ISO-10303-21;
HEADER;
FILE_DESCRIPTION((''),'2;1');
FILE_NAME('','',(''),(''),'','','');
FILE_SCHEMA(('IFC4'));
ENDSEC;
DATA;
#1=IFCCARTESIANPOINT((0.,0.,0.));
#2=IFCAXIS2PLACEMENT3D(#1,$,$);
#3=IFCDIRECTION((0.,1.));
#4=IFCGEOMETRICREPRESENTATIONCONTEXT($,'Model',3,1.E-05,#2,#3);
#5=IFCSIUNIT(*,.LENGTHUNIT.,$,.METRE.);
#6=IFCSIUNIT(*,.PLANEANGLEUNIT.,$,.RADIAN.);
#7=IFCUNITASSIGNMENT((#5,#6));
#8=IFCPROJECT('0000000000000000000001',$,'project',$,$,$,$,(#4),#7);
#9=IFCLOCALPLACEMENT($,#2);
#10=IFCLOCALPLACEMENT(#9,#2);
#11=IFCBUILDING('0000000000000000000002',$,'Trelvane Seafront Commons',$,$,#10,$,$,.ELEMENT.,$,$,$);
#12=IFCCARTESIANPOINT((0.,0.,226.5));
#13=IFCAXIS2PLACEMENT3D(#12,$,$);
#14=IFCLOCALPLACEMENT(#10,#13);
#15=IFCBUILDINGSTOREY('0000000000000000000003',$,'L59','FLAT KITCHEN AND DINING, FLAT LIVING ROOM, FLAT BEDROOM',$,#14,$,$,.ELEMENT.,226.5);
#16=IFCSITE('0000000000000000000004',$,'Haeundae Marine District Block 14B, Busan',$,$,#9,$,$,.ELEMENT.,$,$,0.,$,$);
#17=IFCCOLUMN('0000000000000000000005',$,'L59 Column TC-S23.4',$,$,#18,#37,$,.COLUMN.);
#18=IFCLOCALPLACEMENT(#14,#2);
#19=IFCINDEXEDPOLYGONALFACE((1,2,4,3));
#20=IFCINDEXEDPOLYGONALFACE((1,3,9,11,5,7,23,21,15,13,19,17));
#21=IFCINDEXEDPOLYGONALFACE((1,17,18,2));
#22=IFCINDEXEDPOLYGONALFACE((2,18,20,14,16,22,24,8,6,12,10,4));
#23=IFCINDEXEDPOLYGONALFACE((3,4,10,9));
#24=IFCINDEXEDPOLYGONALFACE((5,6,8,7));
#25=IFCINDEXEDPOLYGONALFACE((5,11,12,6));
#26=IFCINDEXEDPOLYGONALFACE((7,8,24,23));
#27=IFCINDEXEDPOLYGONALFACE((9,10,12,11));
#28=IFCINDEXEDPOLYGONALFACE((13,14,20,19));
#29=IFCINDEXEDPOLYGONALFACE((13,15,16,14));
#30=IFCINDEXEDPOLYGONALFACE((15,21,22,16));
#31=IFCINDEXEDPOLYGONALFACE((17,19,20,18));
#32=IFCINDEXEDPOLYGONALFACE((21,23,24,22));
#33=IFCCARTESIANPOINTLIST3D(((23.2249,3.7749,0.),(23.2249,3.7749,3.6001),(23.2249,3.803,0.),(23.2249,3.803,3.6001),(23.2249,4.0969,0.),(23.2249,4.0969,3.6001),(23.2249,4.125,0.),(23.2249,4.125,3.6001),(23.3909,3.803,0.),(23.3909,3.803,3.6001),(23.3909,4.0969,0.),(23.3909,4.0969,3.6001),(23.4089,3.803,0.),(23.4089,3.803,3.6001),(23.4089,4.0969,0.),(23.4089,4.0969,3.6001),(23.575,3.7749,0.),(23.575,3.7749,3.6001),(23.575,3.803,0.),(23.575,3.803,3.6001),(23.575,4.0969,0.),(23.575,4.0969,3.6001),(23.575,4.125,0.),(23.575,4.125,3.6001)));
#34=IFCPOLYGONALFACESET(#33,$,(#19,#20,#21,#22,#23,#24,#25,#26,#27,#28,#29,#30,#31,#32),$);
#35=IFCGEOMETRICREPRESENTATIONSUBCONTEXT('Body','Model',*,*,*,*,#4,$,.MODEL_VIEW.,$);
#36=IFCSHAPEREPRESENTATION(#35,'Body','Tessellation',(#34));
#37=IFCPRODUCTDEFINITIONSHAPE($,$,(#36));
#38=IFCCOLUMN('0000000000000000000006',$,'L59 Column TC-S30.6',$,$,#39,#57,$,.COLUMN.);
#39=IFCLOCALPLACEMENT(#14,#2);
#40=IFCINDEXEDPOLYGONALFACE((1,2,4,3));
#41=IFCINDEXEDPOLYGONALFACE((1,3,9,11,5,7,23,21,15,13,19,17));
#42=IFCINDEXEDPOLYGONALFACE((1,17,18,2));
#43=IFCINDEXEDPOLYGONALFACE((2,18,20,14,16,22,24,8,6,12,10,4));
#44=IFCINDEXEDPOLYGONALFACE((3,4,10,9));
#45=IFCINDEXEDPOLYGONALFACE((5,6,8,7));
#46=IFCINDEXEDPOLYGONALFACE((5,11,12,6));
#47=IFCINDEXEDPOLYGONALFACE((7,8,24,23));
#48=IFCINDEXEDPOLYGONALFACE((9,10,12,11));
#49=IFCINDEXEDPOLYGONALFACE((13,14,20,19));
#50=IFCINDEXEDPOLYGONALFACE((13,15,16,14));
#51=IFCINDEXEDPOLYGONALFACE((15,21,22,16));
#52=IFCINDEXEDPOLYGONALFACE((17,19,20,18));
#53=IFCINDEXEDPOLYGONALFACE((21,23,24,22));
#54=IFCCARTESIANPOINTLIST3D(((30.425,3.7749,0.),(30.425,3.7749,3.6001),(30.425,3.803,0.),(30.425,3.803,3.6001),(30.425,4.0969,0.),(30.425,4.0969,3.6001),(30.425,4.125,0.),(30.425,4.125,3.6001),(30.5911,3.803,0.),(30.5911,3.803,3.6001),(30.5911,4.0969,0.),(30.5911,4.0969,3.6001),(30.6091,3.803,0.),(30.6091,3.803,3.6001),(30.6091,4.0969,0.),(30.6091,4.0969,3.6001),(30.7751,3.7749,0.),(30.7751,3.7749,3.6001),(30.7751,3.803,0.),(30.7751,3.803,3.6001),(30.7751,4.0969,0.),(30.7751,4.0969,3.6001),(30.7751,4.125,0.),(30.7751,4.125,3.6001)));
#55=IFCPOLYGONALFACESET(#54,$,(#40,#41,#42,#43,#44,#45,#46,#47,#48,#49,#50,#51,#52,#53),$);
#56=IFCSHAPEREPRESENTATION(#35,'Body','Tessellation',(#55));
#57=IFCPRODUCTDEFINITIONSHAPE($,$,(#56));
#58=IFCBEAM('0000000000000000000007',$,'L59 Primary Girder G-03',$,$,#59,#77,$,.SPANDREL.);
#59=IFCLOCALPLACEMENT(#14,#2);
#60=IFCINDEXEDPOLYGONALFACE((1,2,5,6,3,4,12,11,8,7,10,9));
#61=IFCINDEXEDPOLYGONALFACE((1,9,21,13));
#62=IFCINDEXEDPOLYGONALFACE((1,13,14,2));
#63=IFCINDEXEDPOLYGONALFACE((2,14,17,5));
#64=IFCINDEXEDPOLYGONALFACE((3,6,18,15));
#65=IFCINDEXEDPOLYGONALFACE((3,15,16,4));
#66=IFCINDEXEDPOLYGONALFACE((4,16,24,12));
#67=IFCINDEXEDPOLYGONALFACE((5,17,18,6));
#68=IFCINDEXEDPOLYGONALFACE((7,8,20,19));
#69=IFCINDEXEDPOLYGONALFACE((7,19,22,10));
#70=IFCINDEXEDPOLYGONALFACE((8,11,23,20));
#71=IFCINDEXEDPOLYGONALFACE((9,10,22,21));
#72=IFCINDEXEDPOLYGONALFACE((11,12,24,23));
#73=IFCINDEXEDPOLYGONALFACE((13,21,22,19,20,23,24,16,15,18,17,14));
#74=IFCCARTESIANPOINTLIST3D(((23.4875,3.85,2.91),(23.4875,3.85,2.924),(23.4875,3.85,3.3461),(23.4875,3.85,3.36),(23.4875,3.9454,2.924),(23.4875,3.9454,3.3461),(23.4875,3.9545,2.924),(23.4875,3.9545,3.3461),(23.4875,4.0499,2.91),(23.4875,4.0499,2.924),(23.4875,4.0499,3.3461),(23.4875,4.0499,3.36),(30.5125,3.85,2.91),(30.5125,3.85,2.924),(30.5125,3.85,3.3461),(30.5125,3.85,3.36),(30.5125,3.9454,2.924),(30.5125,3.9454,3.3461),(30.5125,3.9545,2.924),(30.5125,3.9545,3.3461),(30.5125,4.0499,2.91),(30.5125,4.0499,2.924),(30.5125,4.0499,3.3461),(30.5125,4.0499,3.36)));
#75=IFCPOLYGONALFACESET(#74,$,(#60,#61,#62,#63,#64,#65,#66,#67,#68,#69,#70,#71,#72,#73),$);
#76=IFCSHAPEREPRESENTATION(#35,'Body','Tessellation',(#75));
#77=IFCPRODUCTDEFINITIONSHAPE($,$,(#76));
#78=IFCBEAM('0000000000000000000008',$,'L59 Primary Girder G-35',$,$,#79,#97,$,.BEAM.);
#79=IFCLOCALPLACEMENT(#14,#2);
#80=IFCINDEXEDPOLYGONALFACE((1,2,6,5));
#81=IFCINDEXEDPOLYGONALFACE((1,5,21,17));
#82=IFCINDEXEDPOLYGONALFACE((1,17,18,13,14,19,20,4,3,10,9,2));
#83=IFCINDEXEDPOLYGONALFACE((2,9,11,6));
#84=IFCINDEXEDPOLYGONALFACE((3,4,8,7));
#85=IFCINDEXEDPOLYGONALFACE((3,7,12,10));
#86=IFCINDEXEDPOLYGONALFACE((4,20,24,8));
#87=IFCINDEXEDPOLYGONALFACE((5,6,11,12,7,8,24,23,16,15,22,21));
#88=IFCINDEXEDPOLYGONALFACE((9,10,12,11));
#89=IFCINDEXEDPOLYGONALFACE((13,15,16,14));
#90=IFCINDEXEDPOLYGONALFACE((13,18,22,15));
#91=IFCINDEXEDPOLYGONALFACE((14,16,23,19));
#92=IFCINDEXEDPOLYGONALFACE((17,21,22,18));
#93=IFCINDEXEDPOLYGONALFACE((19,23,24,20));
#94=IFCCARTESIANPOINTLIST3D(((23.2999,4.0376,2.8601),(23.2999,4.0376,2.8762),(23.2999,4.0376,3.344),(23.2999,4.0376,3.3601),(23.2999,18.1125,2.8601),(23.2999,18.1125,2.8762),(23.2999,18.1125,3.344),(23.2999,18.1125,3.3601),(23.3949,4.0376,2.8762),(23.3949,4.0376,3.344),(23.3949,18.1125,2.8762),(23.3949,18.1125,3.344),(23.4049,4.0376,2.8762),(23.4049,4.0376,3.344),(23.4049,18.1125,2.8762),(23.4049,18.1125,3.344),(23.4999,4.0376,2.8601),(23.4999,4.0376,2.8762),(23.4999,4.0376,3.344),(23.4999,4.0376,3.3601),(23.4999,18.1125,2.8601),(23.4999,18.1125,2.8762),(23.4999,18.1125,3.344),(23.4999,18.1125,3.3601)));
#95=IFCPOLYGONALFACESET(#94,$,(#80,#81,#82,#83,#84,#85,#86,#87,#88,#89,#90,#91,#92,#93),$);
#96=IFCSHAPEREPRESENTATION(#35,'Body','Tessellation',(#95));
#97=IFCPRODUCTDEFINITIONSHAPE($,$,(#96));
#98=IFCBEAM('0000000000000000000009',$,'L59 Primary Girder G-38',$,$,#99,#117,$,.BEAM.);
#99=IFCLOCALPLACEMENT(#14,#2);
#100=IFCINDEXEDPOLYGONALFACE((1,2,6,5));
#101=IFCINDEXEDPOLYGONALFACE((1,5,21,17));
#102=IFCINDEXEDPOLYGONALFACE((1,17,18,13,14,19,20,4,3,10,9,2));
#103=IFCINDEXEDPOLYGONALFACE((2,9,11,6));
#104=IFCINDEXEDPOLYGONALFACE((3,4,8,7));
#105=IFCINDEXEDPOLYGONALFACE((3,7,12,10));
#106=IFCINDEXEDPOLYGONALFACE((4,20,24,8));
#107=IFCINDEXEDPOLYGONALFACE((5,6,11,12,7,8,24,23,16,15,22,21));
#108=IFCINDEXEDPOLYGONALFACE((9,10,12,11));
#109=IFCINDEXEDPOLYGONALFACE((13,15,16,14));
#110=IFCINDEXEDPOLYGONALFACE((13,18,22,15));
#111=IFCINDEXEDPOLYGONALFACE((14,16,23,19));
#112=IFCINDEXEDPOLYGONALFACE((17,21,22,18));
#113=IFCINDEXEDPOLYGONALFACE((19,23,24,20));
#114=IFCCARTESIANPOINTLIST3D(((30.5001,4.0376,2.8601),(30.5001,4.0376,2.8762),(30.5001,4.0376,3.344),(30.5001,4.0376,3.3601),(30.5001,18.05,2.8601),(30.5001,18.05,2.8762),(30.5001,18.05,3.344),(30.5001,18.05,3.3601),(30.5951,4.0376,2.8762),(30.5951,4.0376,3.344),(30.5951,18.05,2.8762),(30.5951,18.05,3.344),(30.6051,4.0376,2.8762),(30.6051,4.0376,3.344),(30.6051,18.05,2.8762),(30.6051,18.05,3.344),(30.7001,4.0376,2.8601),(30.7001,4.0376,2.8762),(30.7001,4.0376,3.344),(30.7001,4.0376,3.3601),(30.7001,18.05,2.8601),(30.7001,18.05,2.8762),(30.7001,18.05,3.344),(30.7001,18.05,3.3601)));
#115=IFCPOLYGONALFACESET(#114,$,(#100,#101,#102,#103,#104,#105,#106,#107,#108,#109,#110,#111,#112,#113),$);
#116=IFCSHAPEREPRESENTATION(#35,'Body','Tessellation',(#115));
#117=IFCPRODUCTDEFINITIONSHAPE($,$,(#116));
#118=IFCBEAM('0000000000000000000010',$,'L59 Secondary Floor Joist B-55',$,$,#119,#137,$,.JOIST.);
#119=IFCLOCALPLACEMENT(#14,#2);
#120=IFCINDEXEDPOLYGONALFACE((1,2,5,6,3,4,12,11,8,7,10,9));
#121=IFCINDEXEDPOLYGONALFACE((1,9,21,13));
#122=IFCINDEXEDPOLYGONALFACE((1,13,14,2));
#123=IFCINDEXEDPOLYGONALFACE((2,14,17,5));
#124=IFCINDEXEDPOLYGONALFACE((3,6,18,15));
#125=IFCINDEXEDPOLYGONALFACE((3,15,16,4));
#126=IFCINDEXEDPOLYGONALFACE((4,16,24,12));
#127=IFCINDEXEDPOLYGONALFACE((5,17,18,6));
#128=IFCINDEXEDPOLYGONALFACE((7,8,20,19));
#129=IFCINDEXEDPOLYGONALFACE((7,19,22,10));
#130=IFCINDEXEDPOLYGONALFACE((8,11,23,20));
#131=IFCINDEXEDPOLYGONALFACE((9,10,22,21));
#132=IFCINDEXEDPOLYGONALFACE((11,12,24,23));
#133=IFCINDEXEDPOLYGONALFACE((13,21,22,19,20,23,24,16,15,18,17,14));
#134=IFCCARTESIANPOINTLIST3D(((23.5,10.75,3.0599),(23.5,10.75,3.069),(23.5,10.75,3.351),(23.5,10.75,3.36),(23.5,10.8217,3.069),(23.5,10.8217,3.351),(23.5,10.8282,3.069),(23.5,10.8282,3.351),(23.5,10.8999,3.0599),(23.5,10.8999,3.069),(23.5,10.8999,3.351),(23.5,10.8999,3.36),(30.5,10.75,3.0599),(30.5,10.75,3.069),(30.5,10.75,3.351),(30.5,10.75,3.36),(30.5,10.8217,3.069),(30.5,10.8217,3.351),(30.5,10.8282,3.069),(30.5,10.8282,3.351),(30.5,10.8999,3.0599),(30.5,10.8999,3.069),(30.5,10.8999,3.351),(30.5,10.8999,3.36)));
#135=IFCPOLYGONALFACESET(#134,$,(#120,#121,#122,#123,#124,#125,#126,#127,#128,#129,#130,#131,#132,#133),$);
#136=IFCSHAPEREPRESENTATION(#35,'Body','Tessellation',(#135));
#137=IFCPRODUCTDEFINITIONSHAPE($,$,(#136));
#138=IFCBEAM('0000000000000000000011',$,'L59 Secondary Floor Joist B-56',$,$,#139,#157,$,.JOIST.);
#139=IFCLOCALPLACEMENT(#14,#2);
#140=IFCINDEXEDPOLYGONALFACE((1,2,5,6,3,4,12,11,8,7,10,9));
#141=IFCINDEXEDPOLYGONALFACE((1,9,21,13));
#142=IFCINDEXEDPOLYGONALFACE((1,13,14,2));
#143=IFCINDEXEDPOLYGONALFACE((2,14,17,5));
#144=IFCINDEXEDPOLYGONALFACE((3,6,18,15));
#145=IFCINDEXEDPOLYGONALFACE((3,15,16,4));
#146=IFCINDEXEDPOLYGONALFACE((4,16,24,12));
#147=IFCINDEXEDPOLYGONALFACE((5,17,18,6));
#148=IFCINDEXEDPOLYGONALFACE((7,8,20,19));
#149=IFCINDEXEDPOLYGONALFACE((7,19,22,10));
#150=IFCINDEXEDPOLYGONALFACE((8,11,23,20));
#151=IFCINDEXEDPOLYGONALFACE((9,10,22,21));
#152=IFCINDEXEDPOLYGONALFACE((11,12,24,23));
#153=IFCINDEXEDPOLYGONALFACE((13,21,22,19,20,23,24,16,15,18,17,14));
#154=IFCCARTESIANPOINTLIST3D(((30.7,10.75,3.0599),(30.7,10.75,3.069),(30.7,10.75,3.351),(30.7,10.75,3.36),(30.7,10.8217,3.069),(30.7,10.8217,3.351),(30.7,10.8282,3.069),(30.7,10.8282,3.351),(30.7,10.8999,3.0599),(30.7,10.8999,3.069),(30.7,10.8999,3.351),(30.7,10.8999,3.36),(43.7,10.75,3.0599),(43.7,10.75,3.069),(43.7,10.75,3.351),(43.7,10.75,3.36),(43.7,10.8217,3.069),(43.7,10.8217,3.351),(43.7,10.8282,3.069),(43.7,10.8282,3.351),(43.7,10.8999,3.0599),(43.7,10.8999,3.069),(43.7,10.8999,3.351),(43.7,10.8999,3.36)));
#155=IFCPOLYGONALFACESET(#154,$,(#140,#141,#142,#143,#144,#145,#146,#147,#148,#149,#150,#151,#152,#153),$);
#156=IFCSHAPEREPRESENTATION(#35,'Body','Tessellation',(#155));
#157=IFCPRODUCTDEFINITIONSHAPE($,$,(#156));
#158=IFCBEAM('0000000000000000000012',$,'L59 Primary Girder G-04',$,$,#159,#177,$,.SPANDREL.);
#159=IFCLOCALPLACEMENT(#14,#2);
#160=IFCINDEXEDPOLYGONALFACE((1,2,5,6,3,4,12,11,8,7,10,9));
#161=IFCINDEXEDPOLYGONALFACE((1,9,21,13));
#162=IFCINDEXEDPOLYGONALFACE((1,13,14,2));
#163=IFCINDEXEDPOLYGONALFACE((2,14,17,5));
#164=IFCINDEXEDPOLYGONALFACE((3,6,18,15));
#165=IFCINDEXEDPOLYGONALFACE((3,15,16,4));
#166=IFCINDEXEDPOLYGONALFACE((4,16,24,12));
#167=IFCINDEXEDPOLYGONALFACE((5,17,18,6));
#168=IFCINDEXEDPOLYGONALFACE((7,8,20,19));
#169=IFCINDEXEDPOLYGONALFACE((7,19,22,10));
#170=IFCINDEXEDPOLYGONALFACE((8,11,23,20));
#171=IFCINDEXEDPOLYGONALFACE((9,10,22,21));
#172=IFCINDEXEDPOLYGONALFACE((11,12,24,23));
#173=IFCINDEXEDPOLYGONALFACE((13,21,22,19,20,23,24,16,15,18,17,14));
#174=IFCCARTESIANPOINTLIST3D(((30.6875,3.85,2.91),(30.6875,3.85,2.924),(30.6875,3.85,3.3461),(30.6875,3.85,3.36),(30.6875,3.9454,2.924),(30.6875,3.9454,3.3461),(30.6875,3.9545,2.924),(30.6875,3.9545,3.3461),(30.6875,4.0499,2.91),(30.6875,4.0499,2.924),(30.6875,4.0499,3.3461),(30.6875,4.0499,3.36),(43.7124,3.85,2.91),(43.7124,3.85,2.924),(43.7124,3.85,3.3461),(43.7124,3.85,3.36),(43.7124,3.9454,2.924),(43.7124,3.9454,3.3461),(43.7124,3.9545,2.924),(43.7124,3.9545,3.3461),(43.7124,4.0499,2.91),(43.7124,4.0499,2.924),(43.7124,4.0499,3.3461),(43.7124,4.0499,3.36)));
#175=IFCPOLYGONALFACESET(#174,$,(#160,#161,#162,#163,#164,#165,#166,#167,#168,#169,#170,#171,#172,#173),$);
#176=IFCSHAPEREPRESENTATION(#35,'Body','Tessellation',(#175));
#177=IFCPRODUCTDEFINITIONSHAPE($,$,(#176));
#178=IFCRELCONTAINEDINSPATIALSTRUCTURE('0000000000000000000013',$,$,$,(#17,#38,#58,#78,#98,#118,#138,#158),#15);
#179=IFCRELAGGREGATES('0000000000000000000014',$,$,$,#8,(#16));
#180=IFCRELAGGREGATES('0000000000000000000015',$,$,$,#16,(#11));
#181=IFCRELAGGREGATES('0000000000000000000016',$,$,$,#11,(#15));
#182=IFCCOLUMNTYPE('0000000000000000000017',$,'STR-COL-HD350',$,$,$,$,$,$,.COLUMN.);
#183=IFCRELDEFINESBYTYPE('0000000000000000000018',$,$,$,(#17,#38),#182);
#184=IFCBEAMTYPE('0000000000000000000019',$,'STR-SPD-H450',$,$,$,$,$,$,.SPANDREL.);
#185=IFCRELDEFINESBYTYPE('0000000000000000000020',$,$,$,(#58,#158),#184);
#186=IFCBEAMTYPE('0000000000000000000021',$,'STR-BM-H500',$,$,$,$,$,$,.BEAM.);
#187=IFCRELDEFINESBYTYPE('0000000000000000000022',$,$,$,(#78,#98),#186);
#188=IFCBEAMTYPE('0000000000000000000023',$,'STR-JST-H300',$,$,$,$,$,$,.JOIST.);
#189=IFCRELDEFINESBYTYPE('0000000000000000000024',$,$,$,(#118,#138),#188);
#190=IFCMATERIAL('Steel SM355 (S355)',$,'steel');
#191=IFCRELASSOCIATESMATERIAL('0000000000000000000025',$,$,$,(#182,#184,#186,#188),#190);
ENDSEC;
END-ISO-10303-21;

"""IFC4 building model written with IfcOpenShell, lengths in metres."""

from ifc_helpers import new_model, si_unit, direction, frame, origin, origin_2d, place, context, subcontext, project, spatial, i_section, extrude, source, transform, mapped, material, material_profile, profile_set, type_object, element, save


model = new_model("IFC4")

# Units and contexts
model_context = context("Model", 3, precision=1e-05, world=origin(), true_north=direction((0.0, 1.0)))
body_context = subcontext(model_context, "Body", "Model", "MODEL_VIEW")
ifc_project = project(units=[si_unit("LENGTHUNIT", "METRE"), si_unit("PLANEANGLEUNIT", "RADIAN")], contexts=[model_context])

# Site, building, storey
site_placement = place(None, origin())
site = spatial("IfcSite", under=ifc_project, at=site_placement, Name="Haeundae Marine District Block 14B, Busan", CompositionType="ELEMENT", RefElevation=0.0)
building_placement = place(site_placement, origin())
building = spatial("IfcBuilding", under=site, at=building_placement, Name="Trelvane Seafront Commons", CompositionType="ELEMENT")
storey_placement = place(building_placement, frame((0.0, 0.0, 226.5)))
storey = spatial("IfcBuildingStorey", under=building, at=storey_placement, Name="L59", Description="FLAT KITCHEN AND DINING, FLAT LIVING ROOM, FLAT BEDROOM", CompositionType="ELEMENT", Elevation=226.5)

# Columns
ifc_material_1 = material(Name="Steel SM355 (S355)", Category="steel")
ifc_material_profile_1 = material_profile(ifc_material_1, i_section(OverallWidth=0.3501, OverallDepth=0.3501, WebThickness=0.0181, FlangeThickness=0.0281, at=origin_2d()), Name="HD-350x350x18x28")
ifc_profile_set_1 = profile_set([ifc_material_profile_1], Name="Steel SM355 (S355)")
column_type = type_object("IfcColumnType", Name="STR-COL-HD350", PredefinedType="COLUMN", material=ifc_profile_set_1)
shared_shape_1 = source(origin(), body_context, "Body", "SweptSolid", [
    extrude(i_section(OverallWidth=0.3501, OverallDepth=0.3501, WebThickness=0.0181, FlangeThickness=0.0281, at=origin_2d()), origin(), (0.0, 0.0, 1.0), 3.6001),
])
for number, where, z_axis, x_axis, name in (
    (1, (23.3999, 3.95, 0.0), (0.0, 0.0, 1.0), (1.0, 0.0, 0.0), "L59 Column TC-S23.4"),
    (2, (30.6001, 3.95, 0.0), (0.0, 0.0, 1.0), (1.0, 0.0, 0.0), "L59 Column TC-S30.6"),
):
    element("IfcColumn", number, at=place(storey_placement, frame(where, z_axis=z_axis, x_axis=x_axis)), inside=storey, type_object=column_type, Name=name, PredefinedType="COLUMN", context=body_context, shape_type="MappedRepresentation", body=[
        mapped(shared_shape_1, transform((0.0, 0.0, 0.0), x_axis=(1.0, 0.0, 0.0), y_axis=(0.0, 1.0, 0.0), z_axis=(0.0, 0.0, 1.0), scale=1.0)),
    ])

# Beams
ifc_material_profile_2 = material_profile(ifc_material_1, i_section(OverallWidth=0.2, OverallDepth=0.45, WebThickness=0.009, FlangeThickness=0.0139, at=origin_2d()), Name="H-450x200x9x14")
ifc_profile_set_2 = profile_set([ifc_material_profile_2], Name="Steel SM355 (S355)")
beam_type_1 = type_object("IfcBeamType", Name="STR-SPD-H450", PredefinedType="SPANDREL", material=ifc_profile_set_2)
shared_shape_2 = source(origin(), body_context, "Body", "SweptSolid", [
    extrude(i_section(OverallWidth=0.2, OverallDepth=0.45, WebThickness=0.009, FlangeThickness=0.0139, at=origin_2d()), origin(), (0.0, 0.0, 1.0), 7.0249),
])
beam_1_placement = place(storey_placement, frame((23.4875, 3.95, 3.135), z_axis=(1.0, 0.0, 0.0), x_axis=(0.0, 1.0, 0.0)))
element("IfcBeam", 3, at=beam_1_placement, inside=storey, type_object=beam_type_1, Name="L59 Primary Girder G-03", PredefinedType="SPANDREL", context=body_context, shape_type="MappedRepresentation", body=[
    mapped(shared_shape_2, transform((0.0, 0.0, 0.0), x_axis=(1.0, 0.0, 0.0), y_axis=(0.0, 1.0, 0.0), z_axis=(0.0, 0.0, 1.0), scale=1.0)),
])
ifc_material_profile_3 = material_profile(ifc_material_1, i_section(OverallWidth=0.2, OverallDepth=0.5, WebThickness=0.01, FlangeThickness=0.0161, at=origin_2d()), Name="H-500x200x10x16")
ifc_profile_set_3 = profile_set([ifc_material_profile_3], Name="Steel SM355 (S355)")
beam_type_2 = type_object("IfcBeamType", Name="STR-BM-H500", PredefinedType="BEAM", material=ifc_profile_set_3)
shared_shape_3 = source(origin(), body_context, "Body", "SweptSolid", [
    extrude(i_section(OverallWidth=0.2, OverallDepth=0.5, WebThickness=0.01, FlangeThickness=0.0161, at=origin_2d()), origin(), (0.0, 0.0, 1.0), 14.075),
])
beam_2_placement = place(storey_placement, frame((23.3999, 4.0376, 3.1101), z_axis=(0.0, 1.0, 0.0), x_axis=(-1.0, 0.0, 0.0)))
element("IfcBeam", 4, at=beam_2_placement, inside=storey, type_object=beam_type_2, Name="L59 Primary Girder G-35", PredefinedType="BEAM", context=body_context, shape_type="MappedRepresentation", body=[
    mapped(shared_shape_3, transform((0.0, 0.0, 0.0), x_axis=(1.0, 0.0, 0.0), y_axis=(0.0, 1.0, 0.0), z_axis=(0.0, 0.0, 1.0), scale=1.0)),
])
shared_shape_4 = source(origin(), body_context, "Body", "SweptSolid", [
    extrude(i_section(OverallWidth=0.2, OverallDepth=0.5, WebThickness=0.01, FlangeThickness=0.0161, at=origin_2d()), origin(), (0.0, 0.0, 1.0), 14.0125),
])
beam_3_placement = place(storey_placement, frame((30.6001, 4.0376, 3.1101), z_axis=(0.0, 1.0, 0.0), x_axis=(-1.0, 0.0, 0.0)))
element("IfcBeam", 5, at=beam_3_placement, inside=storey, type_object=beam_type_2, Name="L59 Primary Girder G-38", PredefinedType="BEAM", context=body_context, shape_type="MappedRepresentation", body=[
    mapped(shared_shape_4, transform((0.0, 0.0, 0.0), x_axis=(1.0, 0.0, 0.0), y_axis=(0.0, 1.0, 0.0), z_axis=(0.0, 0.0, 1.0), scale=1.0)),
])
ifc_material_profile_4 = material_profile(ifc_material_1, i_section(OverallWidth=0.1499, OverallDepth=0.3, WebThickness=0.0066, FlangeThickness=0.009, at=origin_2d()), Name="H-300x150x6.5x9")
ifc_profile_set_4 = profile_set([ifc_material_profile_4], Name="Steel SM355 (S355)")
beam_type_3 = type_object("IfcBeamType", Name="STR-JST-H300", PredefinedType="JOIST", material=ifc_profile_set_4)
shared_shape_5 = source(origin(), body_context, "Body", "SweptSolid", [
    extrude(i_section(OverallWidth=0.1499, OverallDepth=0.3, WebThickness=0.0066, FlangeThickness=0.009, at=origin_2d()), origin(), (0.0, 0.0, 1.0), 7.0),
])
beam_4_placement = place(storey_placement, frame((23.5, 10.825, 3.21), z_axis=(1.0, 0.0, 0.0), x_axis=(0.0, 1.0, 0.0)))
element("IfcBeam", 6, at=beam_4_placement, inside=storey, type_object=beam_type_3, Name="L59 Secondary Floor Joist B-55", PredefinedType="JOIST", context=body_context, shape_type="MappedRepresentation", body=[
    mapped(shared_shape_5, transform((0.0, 0.0, 0.0), x_axis=(1.0, 0.0, 0.0), y_axis=(0.0, 1.0, 0.0), z_axis=(0.0, 0.0, 1.0), scale=1.0)),
])
shared_shape_6 = source(origin(), body_context, "Body", "SweptSolid", [
    extrude(i_section(OverallWidth=0.1499, OverallDepth=0.3, WebThickness=0.0066, FlangeThickness=0.009, at=origin_2d()), origin(), (0.0, 0.0, 1.0), 13.0),
])
beam_5_placement = place(storey_placement, frame((30.7, 10.825, 3.21), z_axis=(1.0, 0.0, 0.0), x_axis=(0.0, 1.0, 0.0)))
element("IfcBeam", 7, at=beam_5_placement, inside=storey, type_object=beam_type_3, Name="L59 Secondary Floor Joist B-56", PredefinedType="JOIST", context=body_context, shape_type="MappedRepresentation", body=[
    mapped(shared_shape_6, transform((0.0, 0.0, 0.0), x_axis=(1.0, 0.0, 0.0), y_axis=(0.0, 1.0, 0.0), z_axis=(0.0, 0.0, 1.0), scale=1.0)),
])
shared_shape_7 = source(origin(), body_context, "Body", "SweptSolid", [
    extrude(i_section(OverallWidth=0.2, OverallDepth=0.45, WebThickness=0.009, FlangeThickness=0.0139, at=origin_2d()), origin(), (0.0, 0.0, 1.0), 13.0249),
])
beam_6_placement = place(storey_placement, frame((30.6875, 3.95, 3.135), z_axis=(1.0, 0.0, 0.0), x_axis=(0.0, 1.0, 0.0)))
element("IfcBeam", 8, at=beam_6_placement, inside=storey, type_object=beam_type_1, Name="L59 Primary Girder G-04", PredefinedType="SPANDREL", context=body_context, shape_type="MappedRepresentation", body=[
    mapped(shared_shape_7, transform((0.0, 0.0, 0.0), x_axis=(1.0, 0.0, 0.0), y_axis=(0.0, 1.0, 0.0), z_axis=(0.0, 0.0, 1.0), scale=1.0)),
])

save(model, "model.ifc")
